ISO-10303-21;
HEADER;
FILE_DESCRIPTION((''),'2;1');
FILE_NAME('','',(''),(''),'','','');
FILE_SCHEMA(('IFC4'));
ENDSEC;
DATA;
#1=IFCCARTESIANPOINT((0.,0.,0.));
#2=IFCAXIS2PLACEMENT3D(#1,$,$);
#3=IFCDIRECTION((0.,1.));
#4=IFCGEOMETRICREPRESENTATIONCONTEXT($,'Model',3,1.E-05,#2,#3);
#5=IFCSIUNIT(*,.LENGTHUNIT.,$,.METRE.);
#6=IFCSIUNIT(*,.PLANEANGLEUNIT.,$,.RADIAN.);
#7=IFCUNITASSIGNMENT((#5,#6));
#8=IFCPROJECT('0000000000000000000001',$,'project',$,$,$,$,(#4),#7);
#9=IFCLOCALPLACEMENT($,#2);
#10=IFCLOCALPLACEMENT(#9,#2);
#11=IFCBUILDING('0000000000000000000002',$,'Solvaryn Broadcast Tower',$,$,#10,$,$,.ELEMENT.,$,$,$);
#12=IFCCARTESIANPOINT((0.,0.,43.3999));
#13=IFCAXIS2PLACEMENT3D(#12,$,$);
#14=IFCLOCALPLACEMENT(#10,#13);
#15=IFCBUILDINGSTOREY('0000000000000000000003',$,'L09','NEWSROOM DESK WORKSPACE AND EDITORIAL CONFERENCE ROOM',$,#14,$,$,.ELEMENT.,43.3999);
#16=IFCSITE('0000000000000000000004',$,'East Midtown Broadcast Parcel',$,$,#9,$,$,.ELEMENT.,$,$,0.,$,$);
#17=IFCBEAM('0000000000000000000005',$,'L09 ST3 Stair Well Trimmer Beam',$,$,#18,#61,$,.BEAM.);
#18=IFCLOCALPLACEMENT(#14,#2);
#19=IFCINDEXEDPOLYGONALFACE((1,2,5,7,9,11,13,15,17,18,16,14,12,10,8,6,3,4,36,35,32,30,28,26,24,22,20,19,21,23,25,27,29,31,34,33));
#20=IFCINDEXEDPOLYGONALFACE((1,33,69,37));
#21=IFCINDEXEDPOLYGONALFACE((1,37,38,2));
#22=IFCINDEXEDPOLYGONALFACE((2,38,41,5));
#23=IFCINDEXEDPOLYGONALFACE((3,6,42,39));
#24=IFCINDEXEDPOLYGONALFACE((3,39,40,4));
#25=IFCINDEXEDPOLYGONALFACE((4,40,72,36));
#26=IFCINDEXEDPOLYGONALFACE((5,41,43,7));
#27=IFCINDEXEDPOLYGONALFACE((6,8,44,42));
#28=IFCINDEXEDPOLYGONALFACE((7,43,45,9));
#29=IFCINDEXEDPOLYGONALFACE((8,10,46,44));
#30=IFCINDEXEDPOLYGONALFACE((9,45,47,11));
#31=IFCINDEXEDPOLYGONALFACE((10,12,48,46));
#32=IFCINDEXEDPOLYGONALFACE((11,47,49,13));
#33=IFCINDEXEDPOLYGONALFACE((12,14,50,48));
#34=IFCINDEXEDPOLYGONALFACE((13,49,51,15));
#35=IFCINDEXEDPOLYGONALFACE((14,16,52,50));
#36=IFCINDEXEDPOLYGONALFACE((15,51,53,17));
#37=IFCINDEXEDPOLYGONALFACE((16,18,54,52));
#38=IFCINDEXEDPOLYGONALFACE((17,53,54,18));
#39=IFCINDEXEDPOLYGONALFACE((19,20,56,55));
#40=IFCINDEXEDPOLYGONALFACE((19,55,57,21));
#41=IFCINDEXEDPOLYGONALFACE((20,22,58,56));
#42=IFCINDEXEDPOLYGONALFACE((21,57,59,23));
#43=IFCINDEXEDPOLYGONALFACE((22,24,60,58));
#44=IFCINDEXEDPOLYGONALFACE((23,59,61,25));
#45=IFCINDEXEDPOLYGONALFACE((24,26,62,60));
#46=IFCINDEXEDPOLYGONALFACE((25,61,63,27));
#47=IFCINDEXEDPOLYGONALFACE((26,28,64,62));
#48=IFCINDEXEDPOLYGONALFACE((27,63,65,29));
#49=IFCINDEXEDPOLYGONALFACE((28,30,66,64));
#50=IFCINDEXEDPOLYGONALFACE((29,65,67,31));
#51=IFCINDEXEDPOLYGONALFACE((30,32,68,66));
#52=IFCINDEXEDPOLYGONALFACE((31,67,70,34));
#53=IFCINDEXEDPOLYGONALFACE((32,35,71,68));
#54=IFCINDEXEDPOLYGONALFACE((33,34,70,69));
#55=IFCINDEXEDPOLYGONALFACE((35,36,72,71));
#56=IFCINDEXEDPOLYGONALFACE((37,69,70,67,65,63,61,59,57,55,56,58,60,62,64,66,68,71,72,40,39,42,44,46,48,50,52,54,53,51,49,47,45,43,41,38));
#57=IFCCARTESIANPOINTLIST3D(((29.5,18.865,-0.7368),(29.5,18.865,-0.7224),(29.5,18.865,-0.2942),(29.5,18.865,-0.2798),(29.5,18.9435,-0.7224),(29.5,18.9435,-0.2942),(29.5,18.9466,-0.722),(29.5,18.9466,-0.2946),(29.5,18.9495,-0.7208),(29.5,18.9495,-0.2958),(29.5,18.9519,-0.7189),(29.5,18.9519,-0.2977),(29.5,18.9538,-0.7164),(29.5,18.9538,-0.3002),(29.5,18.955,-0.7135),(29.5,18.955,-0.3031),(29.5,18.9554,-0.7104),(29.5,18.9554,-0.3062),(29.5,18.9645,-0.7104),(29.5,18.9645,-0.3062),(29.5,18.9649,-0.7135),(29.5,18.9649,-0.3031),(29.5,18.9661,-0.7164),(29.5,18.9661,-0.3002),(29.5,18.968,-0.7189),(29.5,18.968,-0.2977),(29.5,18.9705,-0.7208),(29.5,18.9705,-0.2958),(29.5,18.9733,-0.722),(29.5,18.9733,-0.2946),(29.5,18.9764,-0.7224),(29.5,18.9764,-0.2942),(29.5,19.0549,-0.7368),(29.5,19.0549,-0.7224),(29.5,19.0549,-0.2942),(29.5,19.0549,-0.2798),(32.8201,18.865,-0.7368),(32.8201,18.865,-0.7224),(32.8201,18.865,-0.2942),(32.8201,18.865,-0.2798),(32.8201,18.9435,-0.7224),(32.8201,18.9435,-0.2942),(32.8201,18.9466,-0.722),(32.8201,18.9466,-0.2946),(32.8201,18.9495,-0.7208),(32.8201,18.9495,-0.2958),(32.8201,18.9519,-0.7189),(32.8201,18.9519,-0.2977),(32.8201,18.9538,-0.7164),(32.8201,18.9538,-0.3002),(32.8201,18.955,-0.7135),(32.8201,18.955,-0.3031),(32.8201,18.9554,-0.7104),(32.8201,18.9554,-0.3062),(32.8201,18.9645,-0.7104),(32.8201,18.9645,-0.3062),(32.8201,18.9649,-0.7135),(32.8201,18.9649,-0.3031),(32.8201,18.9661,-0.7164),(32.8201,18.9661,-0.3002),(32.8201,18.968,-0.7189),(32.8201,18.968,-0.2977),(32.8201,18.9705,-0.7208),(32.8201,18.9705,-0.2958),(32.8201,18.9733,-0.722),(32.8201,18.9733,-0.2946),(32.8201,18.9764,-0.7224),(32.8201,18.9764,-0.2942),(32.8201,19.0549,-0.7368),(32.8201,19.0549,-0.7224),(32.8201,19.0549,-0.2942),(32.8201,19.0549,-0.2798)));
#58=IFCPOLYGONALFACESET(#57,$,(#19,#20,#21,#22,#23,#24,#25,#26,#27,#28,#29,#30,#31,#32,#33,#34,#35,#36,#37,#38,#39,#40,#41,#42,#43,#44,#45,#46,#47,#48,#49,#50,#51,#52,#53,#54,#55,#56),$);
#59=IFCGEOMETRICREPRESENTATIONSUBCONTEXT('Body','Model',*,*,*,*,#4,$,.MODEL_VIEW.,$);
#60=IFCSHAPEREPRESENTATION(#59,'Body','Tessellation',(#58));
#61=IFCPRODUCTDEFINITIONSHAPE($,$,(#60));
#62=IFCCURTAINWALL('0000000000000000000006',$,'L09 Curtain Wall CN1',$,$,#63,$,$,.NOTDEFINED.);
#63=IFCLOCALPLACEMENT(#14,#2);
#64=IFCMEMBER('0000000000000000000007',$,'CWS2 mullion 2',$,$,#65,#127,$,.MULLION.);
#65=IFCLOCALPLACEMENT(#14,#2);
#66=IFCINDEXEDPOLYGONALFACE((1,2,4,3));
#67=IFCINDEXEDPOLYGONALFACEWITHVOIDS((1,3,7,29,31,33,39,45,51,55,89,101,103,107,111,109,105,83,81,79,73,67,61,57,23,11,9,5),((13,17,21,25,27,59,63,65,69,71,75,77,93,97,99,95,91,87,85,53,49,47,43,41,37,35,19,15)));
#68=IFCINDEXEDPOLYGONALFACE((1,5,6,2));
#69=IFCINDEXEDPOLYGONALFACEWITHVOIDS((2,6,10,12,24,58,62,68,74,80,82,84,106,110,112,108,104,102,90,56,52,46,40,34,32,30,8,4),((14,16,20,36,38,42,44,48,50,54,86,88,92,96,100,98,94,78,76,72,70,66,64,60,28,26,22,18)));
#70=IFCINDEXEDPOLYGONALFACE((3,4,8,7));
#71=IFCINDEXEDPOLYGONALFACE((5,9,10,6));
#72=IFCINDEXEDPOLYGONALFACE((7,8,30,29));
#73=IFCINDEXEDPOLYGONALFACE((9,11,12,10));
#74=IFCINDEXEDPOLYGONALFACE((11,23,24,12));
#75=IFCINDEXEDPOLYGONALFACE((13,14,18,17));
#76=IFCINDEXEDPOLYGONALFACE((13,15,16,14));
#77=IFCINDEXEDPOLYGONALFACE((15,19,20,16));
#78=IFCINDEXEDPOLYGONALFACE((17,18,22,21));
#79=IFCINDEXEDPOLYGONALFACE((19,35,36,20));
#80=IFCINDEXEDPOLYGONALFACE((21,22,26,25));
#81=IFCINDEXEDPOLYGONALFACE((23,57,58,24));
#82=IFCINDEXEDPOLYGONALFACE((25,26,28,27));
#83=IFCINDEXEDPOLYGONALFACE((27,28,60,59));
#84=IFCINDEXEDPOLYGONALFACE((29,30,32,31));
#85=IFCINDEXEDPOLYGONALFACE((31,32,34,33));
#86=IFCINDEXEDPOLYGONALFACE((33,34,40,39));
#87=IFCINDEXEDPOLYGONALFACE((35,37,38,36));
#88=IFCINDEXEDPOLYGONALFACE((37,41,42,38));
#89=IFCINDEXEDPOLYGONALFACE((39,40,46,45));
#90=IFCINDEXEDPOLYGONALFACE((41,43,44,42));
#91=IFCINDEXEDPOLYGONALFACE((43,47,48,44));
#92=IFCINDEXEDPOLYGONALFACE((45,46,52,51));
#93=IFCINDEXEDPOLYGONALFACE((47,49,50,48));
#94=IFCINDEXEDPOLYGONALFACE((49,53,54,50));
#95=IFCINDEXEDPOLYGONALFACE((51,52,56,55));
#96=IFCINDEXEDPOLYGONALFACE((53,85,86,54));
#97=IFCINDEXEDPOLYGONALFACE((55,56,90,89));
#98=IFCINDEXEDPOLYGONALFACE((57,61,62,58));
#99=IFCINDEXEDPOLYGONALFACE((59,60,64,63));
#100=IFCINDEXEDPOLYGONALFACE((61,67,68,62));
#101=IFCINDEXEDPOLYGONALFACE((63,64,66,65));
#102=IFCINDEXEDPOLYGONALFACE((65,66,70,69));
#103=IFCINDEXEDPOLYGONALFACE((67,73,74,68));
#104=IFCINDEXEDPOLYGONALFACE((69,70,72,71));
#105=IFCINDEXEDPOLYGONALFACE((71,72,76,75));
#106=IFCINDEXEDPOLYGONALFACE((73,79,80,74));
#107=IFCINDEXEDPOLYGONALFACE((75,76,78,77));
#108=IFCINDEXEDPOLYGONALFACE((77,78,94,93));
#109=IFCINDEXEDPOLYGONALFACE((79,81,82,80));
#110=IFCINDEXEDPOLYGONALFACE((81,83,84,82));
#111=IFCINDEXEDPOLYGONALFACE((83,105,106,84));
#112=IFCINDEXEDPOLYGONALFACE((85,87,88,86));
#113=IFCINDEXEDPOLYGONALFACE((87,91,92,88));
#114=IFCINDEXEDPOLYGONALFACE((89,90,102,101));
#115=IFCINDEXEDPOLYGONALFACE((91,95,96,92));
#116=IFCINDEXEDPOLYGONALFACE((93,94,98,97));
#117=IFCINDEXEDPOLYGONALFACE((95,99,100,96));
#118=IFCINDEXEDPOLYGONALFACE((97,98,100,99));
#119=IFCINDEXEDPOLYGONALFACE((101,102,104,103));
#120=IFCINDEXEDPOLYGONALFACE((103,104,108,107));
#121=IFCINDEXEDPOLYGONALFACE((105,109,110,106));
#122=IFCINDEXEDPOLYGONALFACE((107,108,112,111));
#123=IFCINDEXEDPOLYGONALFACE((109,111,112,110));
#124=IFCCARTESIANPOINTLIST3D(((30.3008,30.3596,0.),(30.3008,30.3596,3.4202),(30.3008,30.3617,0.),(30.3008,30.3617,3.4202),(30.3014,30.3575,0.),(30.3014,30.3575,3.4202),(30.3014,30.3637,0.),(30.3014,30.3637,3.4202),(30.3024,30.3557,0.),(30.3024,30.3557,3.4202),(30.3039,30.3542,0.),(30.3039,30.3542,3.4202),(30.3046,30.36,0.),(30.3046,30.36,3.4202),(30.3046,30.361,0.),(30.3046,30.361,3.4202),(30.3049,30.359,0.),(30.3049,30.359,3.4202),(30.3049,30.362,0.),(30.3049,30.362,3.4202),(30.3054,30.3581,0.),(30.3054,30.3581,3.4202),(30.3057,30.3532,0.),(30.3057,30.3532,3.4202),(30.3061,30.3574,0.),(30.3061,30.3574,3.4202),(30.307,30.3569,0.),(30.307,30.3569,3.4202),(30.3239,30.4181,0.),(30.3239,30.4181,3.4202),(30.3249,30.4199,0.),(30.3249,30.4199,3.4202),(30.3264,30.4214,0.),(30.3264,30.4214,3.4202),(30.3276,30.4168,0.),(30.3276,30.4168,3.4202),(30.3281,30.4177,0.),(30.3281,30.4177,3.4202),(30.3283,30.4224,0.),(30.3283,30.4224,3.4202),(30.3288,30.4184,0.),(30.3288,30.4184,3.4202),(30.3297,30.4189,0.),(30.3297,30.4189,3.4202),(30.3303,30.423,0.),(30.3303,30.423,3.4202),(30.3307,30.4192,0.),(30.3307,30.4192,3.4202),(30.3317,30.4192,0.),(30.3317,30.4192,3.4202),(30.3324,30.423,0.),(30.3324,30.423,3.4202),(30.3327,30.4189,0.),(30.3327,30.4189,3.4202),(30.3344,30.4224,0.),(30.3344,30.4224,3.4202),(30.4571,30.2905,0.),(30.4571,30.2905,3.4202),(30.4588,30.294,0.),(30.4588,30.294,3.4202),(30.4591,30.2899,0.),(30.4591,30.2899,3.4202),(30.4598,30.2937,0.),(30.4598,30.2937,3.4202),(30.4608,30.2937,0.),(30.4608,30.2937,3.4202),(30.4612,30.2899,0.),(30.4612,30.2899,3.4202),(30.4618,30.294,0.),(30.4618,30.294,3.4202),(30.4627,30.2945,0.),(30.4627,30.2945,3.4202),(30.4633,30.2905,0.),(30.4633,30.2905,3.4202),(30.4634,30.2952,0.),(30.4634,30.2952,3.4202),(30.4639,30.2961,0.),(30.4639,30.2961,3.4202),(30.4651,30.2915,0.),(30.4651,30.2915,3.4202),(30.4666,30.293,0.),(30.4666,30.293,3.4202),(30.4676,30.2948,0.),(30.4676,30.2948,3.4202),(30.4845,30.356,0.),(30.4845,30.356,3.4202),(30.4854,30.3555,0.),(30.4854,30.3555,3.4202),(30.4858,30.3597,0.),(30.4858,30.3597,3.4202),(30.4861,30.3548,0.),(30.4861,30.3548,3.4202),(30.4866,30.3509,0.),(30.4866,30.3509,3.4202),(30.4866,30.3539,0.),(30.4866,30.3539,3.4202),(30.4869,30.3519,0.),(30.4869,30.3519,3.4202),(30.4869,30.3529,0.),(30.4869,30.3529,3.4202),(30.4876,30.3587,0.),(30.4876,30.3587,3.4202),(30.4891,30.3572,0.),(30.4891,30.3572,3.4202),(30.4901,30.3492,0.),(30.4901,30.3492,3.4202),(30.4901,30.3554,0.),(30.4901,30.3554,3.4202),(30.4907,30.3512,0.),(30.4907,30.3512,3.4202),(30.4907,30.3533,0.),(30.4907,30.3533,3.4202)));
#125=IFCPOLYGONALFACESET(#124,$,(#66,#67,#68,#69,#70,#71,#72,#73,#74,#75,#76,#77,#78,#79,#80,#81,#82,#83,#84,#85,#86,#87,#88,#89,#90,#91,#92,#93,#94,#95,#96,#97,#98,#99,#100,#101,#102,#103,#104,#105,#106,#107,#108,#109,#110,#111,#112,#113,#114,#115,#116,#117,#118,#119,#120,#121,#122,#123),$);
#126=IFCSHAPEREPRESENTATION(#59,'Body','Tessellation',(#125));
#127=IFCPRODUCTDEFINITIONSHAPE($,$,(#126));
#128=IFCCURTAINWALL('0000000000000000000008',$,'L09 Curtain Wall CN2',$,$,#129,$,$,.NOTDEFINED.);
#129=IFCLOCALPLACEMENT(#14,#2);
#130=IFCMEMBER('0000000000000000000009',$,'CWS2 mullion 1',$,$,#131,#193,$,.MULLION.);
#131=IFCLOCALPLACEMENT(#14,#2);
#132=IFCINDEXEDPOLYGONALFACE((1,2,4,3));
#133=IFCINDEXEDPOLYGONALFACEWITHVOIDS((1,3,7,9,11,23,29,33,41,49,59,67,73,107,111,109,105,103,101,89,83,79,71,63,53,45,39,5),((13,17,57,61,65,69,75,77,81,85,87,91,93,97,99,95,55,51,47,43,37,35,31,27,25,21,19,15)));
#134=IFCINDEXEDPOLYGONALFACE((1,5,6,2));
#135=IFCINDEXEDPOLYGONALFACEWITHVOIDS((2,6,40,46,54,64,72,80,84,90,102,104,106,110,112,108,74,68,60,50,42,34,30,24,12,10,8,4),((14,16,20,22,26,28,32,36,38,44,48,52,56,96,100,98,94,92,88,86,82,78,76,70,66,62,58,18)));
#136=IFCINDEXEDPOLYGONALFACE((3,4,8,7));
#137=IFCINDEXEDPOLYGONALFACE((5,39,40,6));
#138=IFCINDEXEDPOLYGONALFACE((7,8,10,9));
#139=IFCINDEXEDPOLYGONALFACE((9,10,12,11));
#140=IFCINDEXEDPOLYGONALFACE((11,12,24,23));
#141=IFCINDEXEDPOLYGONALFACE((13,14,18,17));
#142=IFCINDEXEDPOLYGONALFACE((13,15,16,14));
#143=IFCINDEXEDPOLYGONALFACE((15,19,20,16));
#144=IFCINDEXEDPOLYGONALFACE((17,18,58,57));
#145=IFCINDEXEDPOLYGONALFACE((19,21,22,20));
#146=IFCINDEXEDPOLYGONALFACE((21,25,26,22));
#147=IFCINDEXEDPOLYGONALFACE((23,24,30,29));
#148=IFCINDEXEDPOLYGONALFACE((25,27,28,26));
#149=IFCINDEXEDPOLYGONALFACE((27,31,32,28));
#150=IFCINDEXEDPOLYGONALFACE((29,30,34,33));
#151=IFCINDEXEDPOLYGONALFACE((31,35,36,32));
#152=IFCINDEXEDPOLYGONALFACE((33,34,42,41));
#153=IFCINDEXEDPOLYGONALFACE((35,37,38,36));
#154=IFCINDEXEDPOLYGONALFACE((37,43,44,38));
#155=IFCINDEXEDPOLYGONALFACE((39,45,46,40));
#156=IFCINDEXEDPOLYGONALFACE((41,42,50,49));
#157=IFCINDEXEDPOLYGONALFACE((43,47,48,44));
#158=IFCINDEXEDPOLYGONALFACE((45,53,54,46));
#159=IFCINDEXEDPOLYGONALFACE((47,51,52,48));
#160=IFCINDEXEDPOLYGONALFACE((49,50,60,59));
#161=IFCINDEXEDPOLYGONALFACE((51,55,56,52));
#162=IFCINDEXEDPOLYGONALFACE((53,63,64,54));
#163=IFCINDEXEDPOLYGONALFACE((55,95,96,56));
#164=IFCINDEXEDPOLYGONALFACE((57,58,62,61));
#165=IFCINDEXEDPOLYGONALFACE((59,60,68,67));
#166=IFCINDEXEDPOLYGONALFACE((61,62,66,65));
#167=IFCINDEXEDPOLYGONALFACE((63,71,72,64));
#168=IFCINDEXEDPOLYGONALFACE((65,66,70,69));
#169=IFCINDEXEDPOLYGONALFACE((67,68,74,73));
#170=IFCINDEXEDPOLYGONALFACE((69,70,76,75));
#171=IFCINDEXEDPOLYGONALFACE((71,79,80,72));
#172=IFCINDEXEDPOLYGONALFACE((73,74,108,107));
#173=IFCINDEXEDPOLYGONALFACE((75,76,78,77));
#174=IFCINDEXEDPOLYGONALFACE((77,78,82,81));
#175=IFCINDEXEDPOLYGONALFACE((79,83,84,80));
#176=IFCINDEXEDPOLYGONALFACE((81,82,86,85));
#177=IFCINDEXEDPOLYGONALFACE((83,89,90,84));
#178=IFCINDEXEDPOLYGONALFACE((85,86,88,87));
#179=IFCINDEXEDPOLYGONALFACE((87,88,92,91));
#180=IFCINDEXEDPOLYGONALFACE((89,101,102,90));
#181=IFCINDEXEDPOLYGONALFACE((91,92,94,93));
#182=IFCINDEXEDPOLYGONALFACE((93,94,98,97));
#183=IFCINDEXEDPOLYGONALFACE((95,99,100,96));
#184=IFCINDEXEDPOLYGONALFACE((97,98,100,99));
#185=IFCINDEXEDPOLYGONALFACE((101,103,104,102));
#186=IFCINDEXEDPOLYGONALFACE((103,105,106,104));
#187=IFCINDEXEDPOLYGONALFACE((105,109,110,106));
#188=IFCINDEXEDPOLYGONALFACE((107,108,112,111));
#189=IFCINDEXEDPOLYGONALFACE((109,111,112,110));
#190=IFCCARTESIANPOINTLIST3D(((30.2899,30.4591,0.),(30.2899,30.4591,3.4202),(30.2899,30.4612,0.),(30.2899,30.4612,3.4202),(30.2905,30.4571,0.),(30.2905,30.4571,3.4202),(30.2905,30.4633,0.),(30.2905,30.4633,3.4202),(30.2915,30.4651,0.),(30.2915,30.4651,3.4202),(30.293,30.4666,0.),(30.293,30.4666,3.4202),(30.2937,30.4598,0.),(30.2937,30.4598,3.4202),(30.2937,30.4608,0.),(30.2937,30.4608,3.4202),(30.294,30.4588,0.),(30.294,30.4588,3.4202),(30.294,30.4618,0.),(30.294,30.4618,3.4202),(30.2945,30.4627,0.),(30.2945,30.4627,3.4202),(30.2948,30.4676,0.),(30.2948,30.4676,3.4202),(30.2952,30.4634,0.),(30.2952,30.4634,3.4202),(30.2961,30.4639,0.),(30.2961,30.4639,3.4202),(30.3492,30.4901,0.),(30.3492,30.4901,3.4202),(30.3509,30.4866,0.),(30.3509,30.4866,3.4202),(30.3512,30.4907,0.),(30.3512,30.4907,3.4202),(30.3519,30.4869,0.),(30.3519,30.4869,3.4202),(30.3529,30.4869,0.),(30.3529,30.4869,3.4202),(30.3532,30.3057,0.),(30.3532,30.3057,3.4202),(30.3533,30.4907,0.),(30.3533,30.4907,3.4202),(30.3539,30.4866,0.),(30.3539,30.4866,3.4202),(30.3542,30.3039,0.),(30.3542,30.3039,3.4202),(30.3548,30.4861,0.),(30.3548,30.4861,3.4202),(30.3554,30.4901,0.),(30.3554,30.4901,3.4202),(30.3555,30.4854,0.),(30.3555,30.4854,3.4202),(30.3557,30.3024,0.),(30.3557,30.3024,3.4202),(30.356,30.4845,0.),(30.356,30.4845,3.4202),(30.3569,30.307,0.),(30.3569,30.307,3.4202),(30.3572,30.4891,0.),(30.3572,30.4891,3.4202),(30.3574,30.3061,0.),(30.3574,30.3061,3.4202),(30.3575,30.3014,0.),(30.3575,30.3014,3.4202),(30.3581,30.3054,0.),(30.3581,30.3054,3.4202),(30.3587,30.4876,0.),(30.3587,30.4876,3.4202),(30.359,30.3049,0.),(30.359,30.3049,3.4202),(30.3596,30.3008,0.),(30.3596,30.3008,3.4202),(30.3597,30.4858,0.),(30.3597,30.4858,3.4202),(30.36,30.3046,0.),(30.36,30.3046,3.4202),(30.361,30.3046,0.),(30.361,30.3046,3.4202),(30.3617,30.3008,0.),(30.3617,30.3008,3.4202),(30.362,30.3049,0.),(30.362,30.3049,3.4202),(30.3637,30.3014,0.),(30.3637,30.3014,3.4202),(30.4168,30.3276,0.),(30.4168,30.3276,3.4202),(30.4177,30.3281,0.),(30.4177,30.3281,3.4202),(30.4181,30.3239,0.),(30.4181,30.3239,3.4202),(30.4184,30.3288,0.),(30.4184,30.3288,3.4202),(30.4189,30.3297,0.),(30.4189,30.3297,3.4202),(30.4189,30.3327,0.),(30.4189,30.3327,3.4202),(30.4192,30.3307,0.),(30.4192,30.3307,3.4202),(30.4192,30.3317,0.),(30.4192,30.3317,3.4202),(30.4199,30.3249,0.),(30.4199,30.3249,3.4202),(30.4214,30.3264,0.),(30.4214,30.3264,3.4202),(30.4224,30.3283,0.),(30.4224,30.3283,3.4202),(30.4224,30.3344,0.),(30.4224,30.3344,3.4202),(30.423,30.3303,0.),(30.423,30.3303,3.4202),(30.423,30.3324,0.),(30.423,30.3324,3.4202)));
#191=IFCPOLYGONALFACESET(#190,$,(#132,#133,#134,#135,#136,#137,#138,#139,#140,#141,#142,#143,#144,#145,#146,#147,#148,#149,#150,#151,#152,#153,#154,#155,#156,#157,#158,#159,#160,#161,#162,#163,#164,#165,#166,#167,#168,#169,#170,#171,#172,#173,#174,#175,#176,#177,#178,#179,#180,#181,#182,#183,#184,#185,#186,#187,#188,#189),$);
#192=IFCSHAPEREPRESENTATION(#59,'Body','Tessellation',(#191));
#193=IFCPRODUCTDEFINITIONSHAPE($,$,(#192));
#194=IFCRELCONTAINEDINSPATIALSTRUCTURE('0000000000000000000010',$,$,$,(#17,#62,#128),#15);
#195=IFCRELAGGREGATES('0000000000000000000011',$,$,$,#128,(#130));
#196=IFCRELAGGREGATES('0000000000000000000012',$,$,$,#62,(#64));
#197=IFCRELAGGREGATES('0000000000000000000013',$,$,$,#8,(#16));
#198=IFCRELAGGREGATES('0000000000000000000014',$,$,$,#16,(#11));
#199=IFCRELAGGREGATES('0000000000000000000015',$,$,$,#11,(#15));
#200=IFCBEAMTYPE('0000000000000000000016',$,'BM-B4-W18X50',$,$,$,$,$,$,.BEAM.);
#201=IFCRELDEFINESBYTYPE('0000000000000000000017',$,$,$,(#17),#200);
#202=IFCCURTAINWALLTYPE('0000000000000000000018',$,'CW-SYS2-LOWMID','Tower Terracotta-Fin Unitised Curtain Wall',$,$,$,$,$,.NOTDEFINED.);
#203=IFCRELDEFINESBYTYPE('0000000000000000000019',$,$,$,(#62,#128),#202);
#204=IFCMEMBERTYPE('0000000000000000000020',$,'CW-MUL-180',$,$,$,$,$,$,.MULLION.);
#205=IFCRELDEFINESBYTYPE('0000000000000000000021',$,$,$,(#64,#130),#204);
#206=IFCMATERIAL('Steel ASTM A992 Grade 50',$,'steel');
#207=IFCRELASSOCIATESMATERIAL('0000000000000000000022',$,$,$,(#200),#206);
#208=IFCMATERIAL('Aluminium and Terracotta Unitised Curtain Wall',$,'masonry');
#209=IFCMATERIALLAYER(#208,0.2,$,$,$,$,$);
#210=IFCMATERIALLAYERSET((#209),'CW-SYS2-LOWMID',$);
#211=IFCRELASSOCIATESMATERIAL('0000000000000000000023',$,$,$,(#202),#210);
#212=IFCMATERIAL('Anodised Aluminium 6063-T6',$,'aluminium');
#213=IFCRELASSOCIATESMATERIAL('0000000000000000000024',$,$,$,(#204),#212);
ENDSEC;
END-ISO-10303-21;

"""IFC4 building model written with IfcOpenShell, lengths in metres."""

from ifc_helpers import new_model, si_unit, direction, frame, origin, origin_2d, place, context, subcontext, project, spatial, hollow_rectangle, i_section, extrude, material, layer, layer_set, material_profile, profile_set, type_object, element, aggregate, save


model = new_model("IFC4")

# Units and contexts
model_context = context("Model", 3, precision=1e-05, world=origin(), true_north=direction((0.0, 1.0)))
body_context = subcontext(model_context, "Body", "Model", "MODEL_VIEW")
ifc_project = project(units=[si_unit("LENGTHUNIT", "METRE"), si_unit("PLANEANGLEUNIT", "RADIAN")], contexts=[model_context])

# Site, building, storey
site_placement = place(None, origin())
site = spatial("IfcSite", under=ifc_project, at=site_placement, Name="East Midtown Broadcast Parcel", CompositionType="ELEMENT", RefElevation=0.0)
building_placement = place(site_placement, origin())
building = spatial("IfcBuilding", under=site, at=building_placement, Name="Solvaryn Broadcast Tower", CompositionType="ELEMENT")
storey_placement = place(building_placement, frame((0.0, 0.0, 43.3999)))
storey = spatial("IfcBuildingStorey", under=building, at=storey_placement, Name="L09", Description="NEWSROOM DESK WORKSPACE AND EDITORIAL CONFERENCE ROOM", CompositionType="ELEMENT", Elevation=43.3999)

# Beam
ifc_material_1 = material(Name="Steel ASTM A992 Grade 50", Category="steel")
ifc_material_profile_1 = material_profile(ifc_material_1, i_section(OverallWidth=0.1899, OverallDepth=0.457, WebThickness=0.009, FlangeThickness=0.0144, FilletRadius=0.012, at=origin_2d()))
ifc_profile_set_1 = profile_set([ifc_material_profile_1], Name="Steel ASTM A992 Grade 50")
beam_type_1 = type_object("IfcBeamType", Name="BM-B4-W18X50", PredefinedType="BEAM", material=ifc_profile_set_1)
beam_1_placement = place(storey_placement, frame((29.5, 18.96, -0.5083), z_axis=(1.0, 0.0, 0.0), x_axis=(0.0, 1.0, 0.0)))
element("IfcBeam", 1, at=beam_1_placement, inside=storey, type_object=beam_type_1, Name="L09 ST3 Stair Well Trimmer Beam", PredefinedType="BEAM", context=body_context, shape_type="SweptSolid", body=[
    extrude(i_section(OverallWidth=0.1899, OverallDepth=0.457, WebThickness=0.009, FlangeThickness=0.0144, FilletRadius=0.012, at=origin_2d()), origin(), (0.0, 0.0, 1.0), 3.3201),
])

# Curtain wall, member
ifc_material_2 = material(Name="Aluminium and Terracotta Unitised Curtain Wall", Category="masonry")
ifc_layer_1 = layer(ifc_material_2, 0.2)
ifc_layer_set_1 = layer_set([ifc_layer_1], Name="CW-SYS2-LOWMID")
curtain_wall_type = type_object("IfcCurtainWallType", Name="CW-SYS2-LOWMID", Description="Tower Terracotta-Fin Unitised Curtain Wall", PredefinedType="NOTDEFINED", material=ifc_layer_set_1)
curtain_wall_1_placement = place(storey_placement, origin())
curtain_wall_1 = element("IfcCurtainWall", 2, at=curtain_wall_1_placement, inside=storey, type_object=curtain_wall_type, Name="L09 Curtain Wall CN1", PredefinedType="NOTDEFINED")
ifc_material_3 = material(Name="Anodised Aluminium 6063-T6", Category="aluminium")
ifc_material_profile_2 = material_profile(ifc_material_3, hollow_rectangle(XDim=0.075, YDim=0.1799, WallThickness=0.0039, InnerFilletRadius=0.0039, OuterFilletRadius=0.0081, at=origin_2d()))
ifc_profile_set_2 = profile_set([ifc_material_profile_2], Name="Anodised Aluminium 6063-T6")
member_type_1 = type_object("IfcMemberType", Name="CW-MUL-180", PredefinedType="MULLION", material=ifc_profile_set_2)
member_1_placement = place(storey_placement, frame((30.3958, 30.3564, 0.0), z_axis=(0.0, 0.0, 1.0), x_axis=(-0.382646, -0.923895, 0.0)))
member_1 = element("IfcMember", 3, at=member_1_placement, type_object=member_type_1, Name="CWS2 mullion 2", PredefinedType="MULLION", context=body_context, shape_type="SweptSolid", body=[
    extrude(hollow_rectangle(XDim=0.075, YDim=0.1799, WallThickness=0.0039, InnerFilletRadius=0.0039, OuterFilletRadius=0.0081, at=origin_2d()), origin(), (0.0, 0.0, 1.0), 3.4202),
])

# Curtain wall, member
curtain_wall_2_placement = place(storey_placement, origin())
curtain_wall_2 = element("IfcCurtainWall", 4, at=curtain_wall_2_placement, inside=storey, type_object=curtain_wall_type, Name="L09 Curtain Wall CN2", PredefinedType="NOTDEFINED")
member_2_placement = place(storey_placement, frame((30.3564, 30.3958, 0.0), z_axis=(0.0, 0.0, 1.0), x_axis=(-0.923895, -0.382646, 0.0)))
member_2 = element("IfcMember", 5, at=member_2_placement, type_object=member_type_1, Name="CWS2 mullion 1", PredefinedType="MULLION", context=body_context, shape_type="SweptSolid", body=[
    extrude(hollow_rectangle(XDim=0.075, YDim=0.1799, WallThickness=0.0039, InnerFilletRadius=0.0039, OuterFilletRadius=0.0081, at=origin_2d()), origin(), (0.0, 0.0, 1.0), 3.4202),
])
aggregate(curtain_wall_2, [member_2])

aggregate(curtain_wall_1, [member_1])

save(model, "model.ifc")
